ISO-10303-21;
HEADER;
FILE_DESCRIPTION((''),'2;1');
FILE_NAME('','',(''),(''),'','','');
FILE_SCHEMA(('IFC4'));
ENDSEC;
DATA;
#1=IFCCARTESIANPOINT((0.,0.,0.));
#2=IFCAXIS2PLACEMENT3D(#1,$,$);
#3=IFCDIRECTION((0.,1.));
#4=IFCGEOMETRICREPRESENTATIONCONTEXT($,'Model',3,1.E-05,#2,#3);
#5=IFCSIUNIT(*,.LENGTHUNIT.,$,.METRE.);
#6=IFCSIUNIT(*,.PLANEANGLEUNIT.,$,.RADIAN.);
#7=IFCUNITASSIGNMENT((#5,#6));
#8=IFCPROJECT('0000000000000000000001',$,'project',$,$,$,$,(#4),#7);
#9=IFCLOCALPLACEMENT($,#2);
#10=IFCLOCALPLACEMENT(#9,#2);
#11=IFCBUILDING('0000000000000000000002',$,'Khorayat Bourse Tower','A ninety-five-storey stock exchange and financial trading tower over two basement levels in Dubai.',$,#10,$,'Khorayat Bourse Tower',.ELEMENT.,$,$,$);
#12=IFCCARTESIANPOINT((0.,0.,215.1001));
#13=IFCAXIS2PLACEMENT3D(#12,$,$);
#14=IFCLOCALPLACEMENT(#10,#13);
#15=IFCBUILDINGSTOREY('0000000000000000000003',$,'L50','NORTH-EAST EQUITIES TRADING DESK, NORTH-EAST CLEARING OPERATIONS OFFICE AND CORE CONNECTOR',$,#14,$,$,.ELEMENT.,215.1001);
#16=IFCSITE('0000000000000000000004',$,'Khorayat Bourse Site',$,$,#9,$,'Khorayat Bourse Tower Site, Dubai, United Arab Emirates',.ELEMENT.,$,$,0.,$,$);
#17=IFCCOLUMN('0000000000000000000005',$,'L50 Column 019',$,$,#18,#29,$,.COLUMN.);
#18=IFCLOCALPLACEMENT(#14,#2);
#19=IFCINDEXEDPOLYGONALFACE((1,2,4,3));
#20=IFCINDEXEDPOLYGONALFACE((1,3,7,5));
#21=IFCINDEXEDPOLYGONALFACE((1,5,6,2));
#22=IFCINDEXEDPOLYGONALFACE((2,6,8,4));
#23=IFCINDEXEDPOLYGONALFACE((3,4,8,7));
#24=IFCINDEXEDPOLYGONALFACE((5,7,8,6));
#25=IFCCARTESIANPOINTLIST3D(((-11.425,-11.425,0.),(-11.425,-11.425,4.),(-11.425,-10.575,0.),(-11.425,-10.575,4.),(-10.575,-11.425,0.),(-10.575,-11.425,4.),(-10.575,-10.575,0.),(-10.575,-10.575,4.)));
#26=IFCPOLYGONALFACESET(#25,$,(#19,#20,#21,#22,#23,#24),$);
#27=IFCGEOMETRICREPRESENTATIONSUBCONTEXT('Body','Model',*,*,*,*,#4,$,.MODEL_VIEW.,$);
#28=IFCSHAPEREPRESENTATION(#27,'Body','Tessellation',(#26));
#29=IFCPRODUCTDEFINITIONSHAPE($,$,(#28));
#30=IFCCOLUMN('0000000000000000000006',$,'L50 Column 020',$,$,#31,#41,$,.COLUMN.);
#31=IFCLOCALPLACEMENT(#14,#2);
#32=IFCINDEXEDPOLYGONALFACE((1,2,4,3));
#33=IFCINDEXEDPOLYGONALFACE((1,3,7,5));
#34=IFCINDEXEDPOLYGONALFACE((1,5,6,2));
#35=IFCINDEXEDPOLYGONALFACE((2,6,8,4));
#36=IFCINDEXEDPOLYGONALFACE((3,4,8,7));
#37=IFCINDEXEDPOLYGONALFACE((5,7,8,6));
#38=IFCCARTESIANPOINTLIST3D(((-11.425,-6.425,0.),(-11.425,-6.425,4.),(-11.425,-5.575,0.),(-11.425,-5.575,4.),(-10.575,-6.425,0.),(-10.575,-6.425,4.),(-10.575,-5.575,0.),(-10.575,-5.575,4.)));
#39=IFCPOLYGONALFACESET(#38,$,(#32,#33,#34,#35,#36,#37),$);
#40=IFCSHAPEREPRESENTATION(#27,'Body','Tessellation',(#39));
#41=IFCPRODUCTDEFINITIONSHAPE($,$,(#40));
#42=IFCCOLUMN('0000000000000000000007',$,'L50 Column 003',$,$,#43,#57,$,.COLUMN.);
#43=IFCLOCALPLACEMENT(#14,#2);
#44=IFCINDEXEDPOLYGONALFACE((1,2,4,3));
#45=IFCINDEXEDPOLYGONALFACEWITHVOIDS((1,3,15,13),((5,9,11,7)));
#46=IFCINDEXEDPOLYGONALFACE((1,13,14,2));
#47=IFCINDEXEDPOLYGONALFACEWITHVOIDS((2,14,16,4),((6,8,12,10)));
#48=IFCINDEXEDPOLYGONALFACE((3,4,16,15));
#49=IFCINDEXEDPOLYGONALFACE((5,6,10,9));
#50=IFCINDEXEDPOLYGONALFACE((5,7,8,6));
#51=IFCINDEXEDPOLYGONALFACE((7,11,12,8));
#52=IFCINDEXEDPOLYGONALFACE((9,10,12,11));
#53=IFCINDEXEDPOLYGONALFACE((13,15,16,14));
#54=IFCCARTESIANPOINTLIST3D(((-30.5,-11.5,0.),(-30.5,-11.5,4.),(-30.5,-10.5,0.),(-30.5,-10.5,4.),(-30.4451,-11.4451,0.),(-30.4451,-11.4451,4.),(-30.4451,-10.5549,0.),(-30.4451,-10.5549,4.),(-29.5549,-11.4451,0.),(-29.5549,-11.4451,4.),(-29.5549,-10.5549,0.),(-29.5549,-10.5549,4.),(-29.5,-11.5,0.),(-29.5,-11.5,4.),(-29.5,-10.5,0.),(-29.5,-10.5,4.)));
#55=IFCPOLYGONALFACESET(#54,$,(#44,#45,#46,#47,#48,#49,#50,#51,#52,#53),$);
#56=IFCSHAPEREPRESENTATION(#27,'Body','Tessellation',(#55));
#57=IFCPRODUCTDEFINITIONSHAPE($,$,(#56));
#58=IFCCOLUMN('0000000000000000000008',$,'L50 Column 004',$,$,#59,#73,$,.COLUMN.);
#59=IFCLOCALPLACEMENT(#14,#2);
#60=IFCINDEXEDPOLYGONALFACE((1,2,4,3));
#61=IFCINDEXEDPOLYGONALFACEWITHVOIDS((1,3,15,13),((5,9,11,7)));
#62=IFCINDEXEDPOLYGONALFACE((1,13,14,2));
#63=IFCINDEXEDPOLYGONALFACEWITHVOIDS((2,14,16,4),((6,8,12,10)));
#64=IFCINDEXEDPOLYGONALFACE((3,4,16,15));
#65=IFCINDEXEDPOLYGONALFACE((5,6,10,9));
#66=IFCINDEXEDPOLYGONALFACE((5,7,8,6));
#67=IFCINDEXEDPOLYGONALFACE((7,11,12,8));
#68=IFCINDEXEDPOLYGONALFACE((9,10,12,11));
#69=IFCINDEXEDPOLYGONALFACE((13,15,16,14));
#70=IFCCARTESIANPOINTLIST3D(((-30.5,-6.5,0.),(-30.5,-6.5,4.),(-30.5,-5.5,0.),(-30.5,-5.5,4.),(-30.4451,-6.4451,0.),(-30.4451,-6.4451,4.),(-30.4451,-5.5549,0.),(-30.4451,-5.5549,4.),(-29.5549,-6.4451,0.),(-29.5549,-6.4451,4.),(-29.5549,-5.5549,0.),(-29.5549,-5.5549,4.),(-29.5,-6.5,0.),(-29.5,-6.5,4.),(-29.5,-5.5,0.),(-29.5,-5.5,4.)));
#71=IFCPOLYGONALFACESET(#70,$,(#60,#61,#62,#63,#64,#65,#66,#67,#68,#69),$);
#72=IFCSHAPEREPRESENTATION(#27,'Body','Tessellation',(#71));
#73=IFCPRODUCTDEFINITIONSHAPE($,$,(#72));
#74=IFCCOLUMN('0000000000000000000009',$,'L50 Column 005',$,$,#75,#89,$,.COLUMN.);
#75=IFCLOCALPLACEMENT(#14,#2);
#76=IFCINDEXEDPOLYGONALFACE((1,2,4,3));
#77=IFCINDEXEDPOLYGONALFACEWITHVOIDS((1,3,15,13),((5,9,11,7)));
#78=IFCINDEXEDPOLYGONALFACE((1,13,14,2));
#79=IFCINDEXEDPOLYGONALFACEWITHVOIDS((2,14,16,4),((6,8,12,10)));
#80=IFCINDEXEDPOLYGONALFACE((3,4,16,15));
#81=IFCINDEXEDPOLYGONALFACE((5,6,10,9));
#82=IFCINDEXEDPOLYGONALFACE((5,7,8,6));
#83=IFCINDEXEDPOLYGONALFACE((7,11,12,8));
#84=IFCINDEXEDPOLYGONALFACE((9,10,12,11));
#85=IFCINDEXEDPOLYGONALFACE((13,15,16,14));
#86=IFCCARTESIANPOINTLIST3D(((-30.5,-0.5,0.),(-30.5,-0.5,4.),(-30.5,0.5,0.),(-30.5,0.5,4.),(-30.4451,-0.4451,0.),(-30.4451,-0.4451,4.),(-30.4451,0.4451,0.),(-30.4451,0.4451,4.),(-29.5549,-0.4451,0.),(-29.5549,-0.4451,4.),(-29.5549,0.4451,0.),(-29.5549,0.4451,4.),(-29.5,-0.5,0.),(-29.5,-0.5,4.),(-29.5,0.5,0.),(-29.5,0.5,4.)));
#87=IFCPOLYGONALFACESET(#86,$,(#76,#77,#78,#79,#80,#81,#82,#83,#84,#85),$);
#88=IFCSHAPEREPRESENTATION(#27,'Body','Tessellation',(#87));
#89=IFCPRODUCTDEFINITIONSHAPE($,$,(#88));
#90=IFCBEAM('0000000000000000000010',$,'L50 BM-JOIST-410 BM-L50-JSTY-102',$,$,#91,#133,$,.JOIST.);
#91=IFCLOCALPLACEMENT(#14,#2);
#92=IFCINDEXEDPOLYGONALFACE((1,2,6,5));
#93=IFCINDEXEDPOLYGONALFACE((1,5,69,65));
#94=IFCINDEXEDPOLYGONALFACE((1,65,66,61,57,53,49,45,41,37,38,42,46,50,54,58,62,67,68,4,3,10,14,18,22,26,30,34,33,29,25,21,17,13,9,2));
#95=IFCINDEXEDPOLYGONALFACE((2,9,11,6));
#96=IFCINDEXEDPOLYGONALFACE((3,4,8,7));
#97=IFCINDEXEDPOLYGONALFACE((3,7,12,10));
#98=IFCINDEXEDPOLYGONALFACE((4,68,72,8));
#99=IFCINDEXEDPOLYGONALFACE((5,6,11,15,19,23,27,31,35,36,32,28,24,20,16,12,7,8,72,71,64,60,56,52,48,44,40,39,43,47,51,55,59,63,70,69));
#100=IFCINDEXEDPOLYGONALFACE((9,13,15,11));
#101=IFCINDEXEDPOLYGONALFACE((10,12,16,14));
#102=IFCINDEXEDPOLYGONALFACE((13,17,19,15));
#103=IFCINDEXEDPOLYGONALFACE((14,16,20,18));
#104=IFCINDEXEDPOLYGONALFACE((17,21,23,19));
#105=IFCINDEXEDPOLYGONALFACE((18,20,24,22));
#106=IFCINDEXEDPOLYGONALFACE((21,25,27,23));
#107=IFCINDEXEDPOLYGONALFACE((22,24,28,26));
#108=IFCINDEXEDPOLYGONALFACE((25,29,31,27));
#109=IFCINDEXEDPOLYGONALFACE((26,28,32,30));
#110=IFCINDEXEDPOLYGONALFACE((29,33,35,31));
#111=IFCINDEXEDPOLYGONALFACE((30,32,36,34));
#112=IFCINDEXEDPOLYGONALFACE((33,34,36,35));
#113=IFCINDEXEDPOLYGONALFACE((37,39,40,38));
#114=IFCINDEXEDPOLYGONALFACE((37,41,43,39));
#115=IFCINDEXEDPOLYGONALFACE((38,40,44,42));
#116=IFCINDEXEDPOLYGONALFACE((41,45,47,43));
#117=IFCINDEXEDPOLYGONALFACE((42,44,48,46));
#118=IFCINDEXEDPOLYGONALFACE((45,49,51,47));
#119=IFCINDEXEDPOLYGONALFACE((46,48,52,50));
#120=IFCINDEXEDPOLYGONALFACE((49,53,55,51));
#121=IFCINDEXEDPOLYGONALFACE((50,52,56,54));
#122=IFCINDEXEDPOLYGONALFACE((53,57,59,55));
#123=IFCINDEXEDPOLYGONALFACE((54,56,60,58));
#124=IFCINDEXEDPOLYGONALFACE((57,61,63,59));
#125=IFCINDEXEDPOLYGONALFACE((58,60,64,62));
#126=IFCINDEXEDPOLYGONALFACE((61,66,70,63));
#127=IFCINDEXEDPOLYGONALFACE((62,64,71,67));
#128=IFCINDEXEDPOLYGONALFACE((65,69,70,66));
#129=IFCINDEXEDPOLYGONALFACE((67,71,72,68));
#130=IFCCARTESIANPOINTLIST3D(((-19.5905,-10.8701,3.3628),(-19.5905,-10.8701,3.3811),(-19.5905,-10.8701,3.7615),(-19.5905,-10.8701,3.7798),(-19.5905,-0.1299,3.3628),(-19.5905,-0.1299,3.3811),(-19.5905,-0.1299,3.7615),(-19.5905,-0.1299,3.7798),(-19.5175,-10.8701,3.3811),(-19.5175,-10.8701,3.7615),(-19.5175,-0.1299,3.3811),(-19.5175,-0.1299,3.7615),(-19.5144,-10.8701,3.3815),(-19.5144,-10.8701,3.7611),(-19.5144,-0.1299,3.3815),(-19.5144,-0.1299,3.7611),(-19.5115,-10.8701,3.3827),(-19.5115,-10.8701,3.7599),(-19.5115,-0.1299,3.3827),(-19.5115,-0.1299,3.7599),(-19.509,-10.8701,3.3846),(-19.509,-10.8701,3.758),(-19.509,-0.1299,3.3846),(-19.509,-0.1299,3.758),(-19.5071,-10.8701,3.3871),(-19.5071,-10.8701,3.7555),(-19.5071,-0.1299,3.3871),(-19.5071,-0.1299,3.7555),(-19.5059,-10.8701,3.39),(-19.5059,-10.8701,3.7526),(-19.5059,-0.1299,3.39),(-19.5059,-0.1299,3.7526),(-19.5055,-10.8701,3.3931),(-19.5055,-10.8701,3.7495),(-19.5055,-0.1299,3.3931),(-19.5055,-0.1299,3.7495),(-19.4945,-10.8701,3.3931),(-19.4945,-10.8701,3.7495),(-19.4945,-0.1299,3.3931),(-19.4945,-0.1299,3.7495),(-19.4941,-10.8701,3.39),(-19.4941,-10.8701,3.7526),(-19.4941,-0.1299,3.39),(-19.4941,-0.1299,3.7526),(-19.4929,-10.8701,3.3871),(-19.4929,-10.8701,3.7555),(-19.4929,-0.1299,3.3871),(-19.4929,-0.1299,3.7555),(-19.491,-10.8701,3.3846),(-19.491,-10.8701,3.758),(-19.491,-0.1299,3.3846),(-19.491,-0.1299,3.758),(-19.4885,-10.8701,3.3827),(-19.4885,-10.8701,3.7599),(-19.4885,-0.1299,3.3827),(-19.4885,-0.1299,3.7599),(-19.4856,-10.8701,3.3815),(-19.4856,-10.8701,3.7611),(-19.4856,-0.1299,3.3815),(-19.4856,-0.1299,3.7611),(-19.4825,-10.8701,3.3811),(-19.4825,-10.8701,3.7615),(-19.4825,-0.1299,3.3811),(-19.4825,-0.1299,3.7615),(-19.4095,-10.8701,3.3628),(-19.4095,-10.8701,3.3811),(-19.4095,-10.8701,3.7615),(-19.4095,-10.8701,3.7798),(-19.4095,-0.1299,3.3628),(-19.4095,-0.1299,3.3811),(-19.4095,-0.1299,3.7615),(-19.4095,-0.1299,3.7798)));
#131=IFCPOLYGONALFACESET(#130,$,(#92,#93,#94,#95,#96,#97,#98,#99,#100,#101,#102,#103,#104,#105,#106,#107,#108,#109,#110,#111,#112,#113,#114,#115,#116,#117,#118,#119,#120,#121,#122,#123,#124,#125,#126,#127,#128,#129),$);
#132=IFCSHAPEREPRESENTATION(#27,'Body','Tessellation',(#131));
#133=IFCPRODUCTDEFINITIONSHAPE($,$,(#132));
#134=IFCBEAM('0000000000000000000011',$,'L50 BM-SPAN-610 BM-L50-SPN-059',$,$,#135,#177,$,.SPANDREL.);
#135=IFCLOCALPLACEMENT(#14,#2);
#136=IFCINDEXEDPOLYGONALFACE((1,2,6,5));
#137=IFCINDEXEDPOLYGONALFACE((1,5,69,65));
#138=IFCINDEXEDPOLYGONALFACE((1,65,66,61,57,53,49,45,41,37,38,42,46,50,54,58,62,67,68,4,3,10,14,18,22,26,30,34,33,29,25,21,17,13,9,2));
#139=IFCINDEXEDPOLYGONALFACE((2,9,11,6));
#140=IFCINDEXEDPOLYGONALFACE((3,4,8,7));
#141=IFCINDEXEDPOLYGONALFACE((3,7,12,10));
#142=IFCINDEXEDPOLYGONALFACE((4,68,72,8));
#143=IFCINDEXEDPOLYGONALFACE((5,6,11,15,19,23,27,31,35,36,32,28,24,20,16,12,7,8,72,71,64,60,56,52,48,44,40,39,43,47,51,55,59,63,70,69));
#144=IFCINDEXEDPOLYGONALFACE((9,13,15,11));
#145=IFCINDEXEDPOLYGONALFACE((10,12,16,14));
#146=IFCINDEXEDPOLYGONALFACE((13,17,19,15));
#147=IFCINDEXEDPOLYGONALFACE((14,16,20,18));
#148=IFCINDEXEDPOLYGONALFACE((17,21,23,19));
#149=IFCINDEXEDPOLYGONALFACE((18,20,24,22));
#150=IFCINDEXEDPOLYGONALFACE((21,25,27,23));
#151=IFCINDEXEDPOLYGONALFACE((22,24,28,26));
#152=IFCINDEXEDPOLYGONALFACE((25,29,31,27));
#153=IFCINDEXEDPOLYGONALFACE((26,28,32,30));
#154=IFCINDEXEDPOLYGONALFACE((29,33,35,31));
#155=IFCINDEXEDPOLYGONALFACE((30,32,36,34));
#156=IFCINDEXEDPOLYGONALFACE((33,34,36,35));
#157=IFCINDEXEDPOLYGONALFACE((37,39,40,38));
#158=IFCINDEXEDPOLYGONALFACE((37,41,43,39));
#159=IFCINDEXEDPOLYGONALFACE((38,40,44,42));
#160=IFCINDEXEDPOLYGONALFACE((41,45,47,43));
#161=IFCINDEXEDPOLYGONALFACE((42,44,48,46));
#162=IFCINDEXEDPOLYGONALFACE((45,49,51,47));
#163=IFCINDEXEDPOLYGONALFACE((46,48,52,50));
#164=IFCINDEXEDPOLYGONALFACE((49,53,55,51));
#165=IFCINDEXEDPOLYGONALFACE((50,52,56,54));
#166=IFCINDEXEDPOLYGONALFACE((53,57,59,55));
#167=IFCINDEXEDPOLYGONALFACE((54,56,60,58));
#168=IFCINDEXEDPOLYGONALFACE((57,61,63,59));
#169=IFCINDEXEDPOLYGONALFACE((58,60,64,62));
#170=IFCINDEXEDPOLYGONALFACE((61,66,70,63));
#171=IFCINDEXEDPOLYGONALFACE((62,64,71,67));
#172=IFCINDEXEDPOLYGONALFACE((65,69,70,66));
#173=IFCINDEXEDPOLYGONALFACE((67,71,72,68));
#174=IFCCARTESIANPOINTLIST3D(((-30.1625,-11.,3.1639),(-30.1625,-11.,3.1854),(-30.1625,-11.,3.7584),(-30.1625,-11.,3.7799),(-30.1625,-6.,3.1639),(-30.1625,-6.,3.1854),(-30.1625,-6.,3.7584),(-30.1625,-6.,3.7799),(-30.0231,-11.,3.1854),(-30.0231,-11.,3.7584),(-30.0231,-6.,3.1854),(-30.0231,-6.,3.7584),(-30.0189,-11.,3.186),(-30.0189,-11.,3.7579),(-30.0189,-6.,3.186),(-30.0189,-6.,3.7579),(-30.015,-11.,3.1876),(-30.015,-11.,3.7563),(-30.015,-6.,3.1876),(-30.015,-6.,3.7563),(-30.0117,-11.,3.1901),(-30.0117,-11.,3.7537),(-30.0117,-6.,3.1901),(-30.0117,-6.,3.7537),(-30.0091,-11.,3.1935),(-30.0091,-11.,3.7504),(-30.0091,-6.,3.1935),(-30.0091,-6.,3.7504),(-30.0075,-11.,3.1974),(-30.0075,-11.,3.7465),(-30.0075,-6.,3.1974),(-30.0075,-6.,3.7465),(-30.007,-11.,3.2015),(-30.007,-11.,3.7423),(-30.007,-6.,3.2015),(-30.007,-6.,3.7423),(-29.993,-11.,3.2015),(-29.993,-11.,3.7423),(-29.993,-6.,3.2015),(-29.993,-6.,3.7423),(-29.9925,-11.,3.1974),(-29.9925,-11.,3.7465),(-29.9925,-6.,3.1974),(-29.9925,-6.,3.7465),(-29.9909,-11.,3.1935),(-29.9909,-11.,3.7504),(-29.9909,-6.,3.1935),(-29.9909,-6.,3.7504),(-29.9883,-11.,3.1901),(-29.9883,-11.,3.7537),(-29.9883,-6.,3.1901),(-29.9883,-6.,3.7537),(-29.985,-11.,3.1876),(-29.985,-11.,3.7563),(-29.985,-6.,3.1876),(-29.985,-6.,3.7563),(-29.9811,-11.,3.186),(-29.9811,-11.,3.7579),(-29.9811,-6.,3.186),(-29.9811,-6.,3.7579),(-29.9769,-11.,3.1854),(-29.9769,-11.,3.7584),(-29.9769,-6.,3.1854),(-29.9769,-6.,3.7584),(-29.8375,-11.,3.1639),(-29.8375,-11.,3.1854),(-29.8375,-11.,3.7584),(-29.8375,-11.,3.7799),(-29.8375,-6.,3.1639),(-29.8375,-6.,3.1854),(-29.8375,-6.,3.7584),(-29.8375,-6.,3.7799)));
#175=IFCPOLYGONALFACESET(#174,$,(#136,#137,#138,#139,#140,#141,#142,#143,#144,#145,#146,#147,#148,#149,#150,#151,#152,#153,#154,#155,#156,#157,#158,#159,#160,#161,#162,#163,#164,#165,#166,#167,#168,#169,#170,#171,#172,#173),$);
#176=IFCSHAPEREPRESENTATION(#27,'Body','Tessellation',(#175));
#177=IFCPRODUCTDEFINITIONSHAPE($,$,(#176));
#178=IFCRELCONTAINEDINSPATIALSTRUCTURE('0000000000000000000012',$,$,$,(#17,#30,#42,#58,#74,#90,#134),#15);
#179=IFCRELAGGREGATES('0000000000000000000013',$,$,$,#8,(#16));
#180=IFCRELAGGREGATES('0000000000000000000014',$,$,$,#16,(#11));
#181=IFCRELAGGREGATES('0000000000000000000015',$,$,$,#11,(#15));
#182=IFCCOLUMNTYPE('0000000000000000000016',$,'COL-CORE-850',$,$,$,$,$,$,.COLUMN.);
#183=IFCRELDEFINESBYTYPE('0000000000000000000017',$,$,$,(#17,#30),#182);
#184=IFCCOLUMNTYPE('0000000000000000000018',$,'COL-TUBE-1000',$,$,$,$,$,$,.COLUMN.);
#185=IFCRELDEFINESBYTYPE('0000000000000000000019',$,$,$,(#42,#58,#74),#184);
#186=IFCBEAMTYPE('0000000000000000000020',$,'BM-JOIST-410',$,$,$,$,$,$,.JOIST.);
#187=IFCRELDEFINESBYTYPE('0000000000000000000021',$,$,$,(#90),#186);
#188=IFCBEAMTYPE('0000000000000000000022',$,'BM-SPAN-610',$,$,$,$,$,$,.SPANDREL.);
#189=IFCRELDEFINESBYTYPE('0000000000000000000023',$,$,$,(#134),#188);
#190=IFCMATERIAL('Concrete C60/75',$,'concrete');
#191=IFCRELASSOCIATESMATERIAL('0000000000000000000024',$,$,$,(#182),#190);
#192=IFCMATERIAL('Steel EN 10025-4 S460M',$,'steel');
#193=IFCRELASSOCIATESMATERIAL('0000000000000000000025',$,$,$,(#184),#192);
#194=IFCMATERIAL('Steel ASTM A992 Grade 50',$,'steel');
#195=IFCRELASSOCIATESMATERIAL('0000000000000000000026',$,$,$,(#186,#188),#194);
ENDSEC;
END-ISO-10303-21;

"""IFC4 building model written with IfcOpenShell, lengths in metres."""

from ifc_helpers import new_model, si_unit, direction, frame, origin, origin_2d, place, context, subcontext, project, spatial, rectangle, hollow_rectangle, i_section, extrude, source, transform, mapped, material, material_profile, profile_set, type_object, element, save


model = new_model("IFC4")

# Units and contexts
model_context = context("Model", 3, precision=1e-05, world=origin(), true_north=direction((0.0, 1.0)))
body_context = subcontext(model_context, "Body", "Model", "MODEL_VIEW")
ifc_project = project(units=[si_unit("LENGTHUNIT", "METRE"), si_unit("PLANEANGLEUNIT", "RADIAN")], contexts=[model_context])

# Site, building, storey
site_placement = place(None, origin())
site = spatial("IfcSite", under=ifc_project, at=site_placement, Name="Khorayat Bourse Site", LongName="Khorayat Bourse Tower Site, Dubai, United Arab Emirates", CompositionType="ELEMENT", RefElevation=0.0)
building_placement = place(site_placement, origin())
building = spatial("IfcBuilding", under=site, at=building_placement, Name="Khorayat Bourse Tower", Description="A ninety-five-storey stock exchange and financial trading tower over two basement levels in Dubai.", LongName="Khorayat Bourse Tower", CompositionType="ELEMENT")
storey_placement = place(building_placement, frame((0.0, 0.0, 215.1001)))
storey = spatial("IfcBuildingStorey", under=building, at=storey_placement, Name="L50", Description="NORTH-EAST EQUITIES TRADING DESK, NORTH-EAST CLEARING OPERATIONS OFFICE AND CORE CONNECTOR", CompositionType="ELEMENT", Elevation=215.1001)

# Columns
ifc_material_1 = material(Name="Concrete C60/75", Category="concrete")
ifc_material_profile_1 = material_profile(ifc_material_1, rectangle(XDim=0.8501, YDim=0.8501, at=origin_2d()), Name="RC 850x850")
ifc_profile_set_1 = profile_set([ifc_material_profile_1], Name="Concrete C60/75")
column_type_1 = type_object("IfcColumnType", Name="COL-CORE-850", PredefinedType="COLUMN", material=ifc_profile_set_1)
shared_shape_1 = source(origin(), body_context, "Body", "SweptSolid", [
    extrude(rectangle(XDim=0.8501, YDim=0.8501, at=origin_2d()), origin(), (0.0, 0.0, 1.0), 4.0),
])
for number, where, z_axis, x_axis, name in (
    (1, (-11.0, -11.0, 0.0), (0.0, 0.0, 1.0), (1.0, 0.0, 0.0), "L50 Column 019"),
    (2, (-11.0, -6.0, 0.0), (0.0, 0.0, 1.0), (1.0, 0.0, 0.0), "L50 Column 020"),
):
    element("IfcColumn", number, at=place(storey_placement, frame(where, z_axis=z_axis, x_axis=x_axis)), inside=storey, type_object=column_type_1, Name=name, PredefinedType="COLUMN", context=body_context, shape_type="MappedRepresentation", body=[
        mapped(shared_shape_1, transform((0.0, 0.0, 0.0), scale=1.0)),
    ])
ifc_material_2 = material(Name="Steel EN 10025-4 S460M", Category="steel")
ifc_material_profile_2 = material_profile(ifc_material_2, hollow_rectangle(XDim=1.0, YDim=1.0, WallThickness=0.0549, at=origin_2d()), Name="BOX 1000x1000x55")
ifc_profile_set_2 = profile_set([ifc_material_profile_2], Name="Steel EN 10025-4 S460M")
column_type_2 = type_object("IfcColumnType", Name="COL-TUBE-1000", PredefinedType="COLUMN", material=ifc_profile_set_2)
shared_shape_2 = source(origin(), body_context, "Body", "SweptSolid", [
    extrude(hollow_rectangle(XDim=1.0, YDim=1.0, WallThickness=0.0549, at=origin_2d()), origin(), (0.0, 0.0, 1.0), 4.0),
])
for number, where, z_axis, x_axis, name in (
    (3, (-30.0, -11.0, 0.0), (0.0, 0.0, 1.0), (1.0, 0.0, 0.0), "L50 Column 003"),
    (4, (-30.0, -6.0, 0.0), (0.0, 0.0, 1.0), (1.0, 0.0, 0.0), "L50 Column 004"),
    (5, (-30.0, 0.0, 0.0), (0.0, 0.0, 1.0), (1.0, 0.0, 0.0), "L50 Column 005"),
):
    element("IfcColumn", number, at=place(storey_placement, frame(where, z_axis=z_axis, x_axis=x_axis)), inside=storey, type_object=column_type_2, Name=name, PredefinedType="COLUMN", context=body_context, shape_type="MappedRepresentation", body=[
        mapped(shared_shape_2, transform((0.0, 0.0, 0.0), scale=1.0)),
    ])

# Beams
ifc_material_3 = material(Name="Steel ASTM A992 Grade 50", Category="steel")
ifc_material_profile_3 = material_profile(ifc_material_3, i_section(OverallWidth=0.1809, OverallDepth=0.417, WebThickness=0.011, FlangeThickness=0.0183, FilletRadius=0.012, at=origin_2d()), Name="W410X85")
ifc_profile_set_3 = profile_set([ifc_material_profile_3], Name="Steel ASTM A992 Grade 50")
beam_type_1 = type_object("IfcBeamType", Name="BM-JOIST-410", PredefinedType="JOIST", material=ifc_profile_set_3)
shared_shape_3 = source(origin(), body_context, "Body", "SweptSolid", [
    extrude(i_section(OverallWidth=0.1809, OverallDepth=0.417, WebThickness=0.011, FlangeThickness=0.0183, FilletRadius=0.012, at=origin_2d()), origin(), (0.0, 0.0, 1.0), 10.7402),
])
beam_1_placement = place(storey_placement, frame((-19.5, -10.8701, 3.5713), z_axis=(0.0, 1.0, 0.0), x_axis=(-1.0, 0.0, 0.0)))
element("IfcBeam", 6, at=beam_1_placement, inside=storey, type_object=beam_type_1, Name="L50 BM-JOIST-410 BM-L50-JSTY-102", PredefinedType="JOIST", context=body_context, shape_type="MappedRepresentation", body=[
    mapped(shared_shape_3, transform((0.0, 0.0, 0.0), scale=1.0)),
])
ifc_material_profile_4 = material_profile(ifc_material_3, i_section(OverallWidth=0.325, OverallDepth=0.616, WebThickness=0.0139, FlangeThickness=0.0215, FilletRadius=0.0161, at=origin_2d()), Name="W610X174")
ifc_profile_set_4 = profile_set([ifc_material_profile_4], Name="Steel ASTM A992 Grade 50")
beam_type_2 = type_object("IfcBeamType", Name="BM-SPAN-610", PredefinedType="SPANDREL", material=ifc_profile_set_4)
shared_shape_4 = source(origin(), body_context, "Body", "SweptSolid", [
    extrude(i_section(OverallWidth=0.325, OverallDepth=0.616, WebThickness=0.0139, FlangeThickness=0.0215, FilletRadius=0.0161, at=origin_2d()), origin(), (0.0, 0.0, 1.0), 5.0),
])
beam_2_placement = place(storey_placement, frame((-30.0, -11.0, 3.4719), z_axis=(0.0, 1.0, 0.0), x_axis=(-1.0, 0.0, 0.0)))
element("IfcBeam", 7, at=beam_2_placement, inside=storey, type_object=beam_type_2, Name="L50 BM-SPAN-610 BM-L50-SPN-059", PredefinedType="SPANDREL", context=body_context, shape_type="MappedRepresentation", body=[
    mapped(shared_shape_4, transform((0.0, 0.0, 0.0), scale=1.0)),
])

save(model, "model.ifc")
